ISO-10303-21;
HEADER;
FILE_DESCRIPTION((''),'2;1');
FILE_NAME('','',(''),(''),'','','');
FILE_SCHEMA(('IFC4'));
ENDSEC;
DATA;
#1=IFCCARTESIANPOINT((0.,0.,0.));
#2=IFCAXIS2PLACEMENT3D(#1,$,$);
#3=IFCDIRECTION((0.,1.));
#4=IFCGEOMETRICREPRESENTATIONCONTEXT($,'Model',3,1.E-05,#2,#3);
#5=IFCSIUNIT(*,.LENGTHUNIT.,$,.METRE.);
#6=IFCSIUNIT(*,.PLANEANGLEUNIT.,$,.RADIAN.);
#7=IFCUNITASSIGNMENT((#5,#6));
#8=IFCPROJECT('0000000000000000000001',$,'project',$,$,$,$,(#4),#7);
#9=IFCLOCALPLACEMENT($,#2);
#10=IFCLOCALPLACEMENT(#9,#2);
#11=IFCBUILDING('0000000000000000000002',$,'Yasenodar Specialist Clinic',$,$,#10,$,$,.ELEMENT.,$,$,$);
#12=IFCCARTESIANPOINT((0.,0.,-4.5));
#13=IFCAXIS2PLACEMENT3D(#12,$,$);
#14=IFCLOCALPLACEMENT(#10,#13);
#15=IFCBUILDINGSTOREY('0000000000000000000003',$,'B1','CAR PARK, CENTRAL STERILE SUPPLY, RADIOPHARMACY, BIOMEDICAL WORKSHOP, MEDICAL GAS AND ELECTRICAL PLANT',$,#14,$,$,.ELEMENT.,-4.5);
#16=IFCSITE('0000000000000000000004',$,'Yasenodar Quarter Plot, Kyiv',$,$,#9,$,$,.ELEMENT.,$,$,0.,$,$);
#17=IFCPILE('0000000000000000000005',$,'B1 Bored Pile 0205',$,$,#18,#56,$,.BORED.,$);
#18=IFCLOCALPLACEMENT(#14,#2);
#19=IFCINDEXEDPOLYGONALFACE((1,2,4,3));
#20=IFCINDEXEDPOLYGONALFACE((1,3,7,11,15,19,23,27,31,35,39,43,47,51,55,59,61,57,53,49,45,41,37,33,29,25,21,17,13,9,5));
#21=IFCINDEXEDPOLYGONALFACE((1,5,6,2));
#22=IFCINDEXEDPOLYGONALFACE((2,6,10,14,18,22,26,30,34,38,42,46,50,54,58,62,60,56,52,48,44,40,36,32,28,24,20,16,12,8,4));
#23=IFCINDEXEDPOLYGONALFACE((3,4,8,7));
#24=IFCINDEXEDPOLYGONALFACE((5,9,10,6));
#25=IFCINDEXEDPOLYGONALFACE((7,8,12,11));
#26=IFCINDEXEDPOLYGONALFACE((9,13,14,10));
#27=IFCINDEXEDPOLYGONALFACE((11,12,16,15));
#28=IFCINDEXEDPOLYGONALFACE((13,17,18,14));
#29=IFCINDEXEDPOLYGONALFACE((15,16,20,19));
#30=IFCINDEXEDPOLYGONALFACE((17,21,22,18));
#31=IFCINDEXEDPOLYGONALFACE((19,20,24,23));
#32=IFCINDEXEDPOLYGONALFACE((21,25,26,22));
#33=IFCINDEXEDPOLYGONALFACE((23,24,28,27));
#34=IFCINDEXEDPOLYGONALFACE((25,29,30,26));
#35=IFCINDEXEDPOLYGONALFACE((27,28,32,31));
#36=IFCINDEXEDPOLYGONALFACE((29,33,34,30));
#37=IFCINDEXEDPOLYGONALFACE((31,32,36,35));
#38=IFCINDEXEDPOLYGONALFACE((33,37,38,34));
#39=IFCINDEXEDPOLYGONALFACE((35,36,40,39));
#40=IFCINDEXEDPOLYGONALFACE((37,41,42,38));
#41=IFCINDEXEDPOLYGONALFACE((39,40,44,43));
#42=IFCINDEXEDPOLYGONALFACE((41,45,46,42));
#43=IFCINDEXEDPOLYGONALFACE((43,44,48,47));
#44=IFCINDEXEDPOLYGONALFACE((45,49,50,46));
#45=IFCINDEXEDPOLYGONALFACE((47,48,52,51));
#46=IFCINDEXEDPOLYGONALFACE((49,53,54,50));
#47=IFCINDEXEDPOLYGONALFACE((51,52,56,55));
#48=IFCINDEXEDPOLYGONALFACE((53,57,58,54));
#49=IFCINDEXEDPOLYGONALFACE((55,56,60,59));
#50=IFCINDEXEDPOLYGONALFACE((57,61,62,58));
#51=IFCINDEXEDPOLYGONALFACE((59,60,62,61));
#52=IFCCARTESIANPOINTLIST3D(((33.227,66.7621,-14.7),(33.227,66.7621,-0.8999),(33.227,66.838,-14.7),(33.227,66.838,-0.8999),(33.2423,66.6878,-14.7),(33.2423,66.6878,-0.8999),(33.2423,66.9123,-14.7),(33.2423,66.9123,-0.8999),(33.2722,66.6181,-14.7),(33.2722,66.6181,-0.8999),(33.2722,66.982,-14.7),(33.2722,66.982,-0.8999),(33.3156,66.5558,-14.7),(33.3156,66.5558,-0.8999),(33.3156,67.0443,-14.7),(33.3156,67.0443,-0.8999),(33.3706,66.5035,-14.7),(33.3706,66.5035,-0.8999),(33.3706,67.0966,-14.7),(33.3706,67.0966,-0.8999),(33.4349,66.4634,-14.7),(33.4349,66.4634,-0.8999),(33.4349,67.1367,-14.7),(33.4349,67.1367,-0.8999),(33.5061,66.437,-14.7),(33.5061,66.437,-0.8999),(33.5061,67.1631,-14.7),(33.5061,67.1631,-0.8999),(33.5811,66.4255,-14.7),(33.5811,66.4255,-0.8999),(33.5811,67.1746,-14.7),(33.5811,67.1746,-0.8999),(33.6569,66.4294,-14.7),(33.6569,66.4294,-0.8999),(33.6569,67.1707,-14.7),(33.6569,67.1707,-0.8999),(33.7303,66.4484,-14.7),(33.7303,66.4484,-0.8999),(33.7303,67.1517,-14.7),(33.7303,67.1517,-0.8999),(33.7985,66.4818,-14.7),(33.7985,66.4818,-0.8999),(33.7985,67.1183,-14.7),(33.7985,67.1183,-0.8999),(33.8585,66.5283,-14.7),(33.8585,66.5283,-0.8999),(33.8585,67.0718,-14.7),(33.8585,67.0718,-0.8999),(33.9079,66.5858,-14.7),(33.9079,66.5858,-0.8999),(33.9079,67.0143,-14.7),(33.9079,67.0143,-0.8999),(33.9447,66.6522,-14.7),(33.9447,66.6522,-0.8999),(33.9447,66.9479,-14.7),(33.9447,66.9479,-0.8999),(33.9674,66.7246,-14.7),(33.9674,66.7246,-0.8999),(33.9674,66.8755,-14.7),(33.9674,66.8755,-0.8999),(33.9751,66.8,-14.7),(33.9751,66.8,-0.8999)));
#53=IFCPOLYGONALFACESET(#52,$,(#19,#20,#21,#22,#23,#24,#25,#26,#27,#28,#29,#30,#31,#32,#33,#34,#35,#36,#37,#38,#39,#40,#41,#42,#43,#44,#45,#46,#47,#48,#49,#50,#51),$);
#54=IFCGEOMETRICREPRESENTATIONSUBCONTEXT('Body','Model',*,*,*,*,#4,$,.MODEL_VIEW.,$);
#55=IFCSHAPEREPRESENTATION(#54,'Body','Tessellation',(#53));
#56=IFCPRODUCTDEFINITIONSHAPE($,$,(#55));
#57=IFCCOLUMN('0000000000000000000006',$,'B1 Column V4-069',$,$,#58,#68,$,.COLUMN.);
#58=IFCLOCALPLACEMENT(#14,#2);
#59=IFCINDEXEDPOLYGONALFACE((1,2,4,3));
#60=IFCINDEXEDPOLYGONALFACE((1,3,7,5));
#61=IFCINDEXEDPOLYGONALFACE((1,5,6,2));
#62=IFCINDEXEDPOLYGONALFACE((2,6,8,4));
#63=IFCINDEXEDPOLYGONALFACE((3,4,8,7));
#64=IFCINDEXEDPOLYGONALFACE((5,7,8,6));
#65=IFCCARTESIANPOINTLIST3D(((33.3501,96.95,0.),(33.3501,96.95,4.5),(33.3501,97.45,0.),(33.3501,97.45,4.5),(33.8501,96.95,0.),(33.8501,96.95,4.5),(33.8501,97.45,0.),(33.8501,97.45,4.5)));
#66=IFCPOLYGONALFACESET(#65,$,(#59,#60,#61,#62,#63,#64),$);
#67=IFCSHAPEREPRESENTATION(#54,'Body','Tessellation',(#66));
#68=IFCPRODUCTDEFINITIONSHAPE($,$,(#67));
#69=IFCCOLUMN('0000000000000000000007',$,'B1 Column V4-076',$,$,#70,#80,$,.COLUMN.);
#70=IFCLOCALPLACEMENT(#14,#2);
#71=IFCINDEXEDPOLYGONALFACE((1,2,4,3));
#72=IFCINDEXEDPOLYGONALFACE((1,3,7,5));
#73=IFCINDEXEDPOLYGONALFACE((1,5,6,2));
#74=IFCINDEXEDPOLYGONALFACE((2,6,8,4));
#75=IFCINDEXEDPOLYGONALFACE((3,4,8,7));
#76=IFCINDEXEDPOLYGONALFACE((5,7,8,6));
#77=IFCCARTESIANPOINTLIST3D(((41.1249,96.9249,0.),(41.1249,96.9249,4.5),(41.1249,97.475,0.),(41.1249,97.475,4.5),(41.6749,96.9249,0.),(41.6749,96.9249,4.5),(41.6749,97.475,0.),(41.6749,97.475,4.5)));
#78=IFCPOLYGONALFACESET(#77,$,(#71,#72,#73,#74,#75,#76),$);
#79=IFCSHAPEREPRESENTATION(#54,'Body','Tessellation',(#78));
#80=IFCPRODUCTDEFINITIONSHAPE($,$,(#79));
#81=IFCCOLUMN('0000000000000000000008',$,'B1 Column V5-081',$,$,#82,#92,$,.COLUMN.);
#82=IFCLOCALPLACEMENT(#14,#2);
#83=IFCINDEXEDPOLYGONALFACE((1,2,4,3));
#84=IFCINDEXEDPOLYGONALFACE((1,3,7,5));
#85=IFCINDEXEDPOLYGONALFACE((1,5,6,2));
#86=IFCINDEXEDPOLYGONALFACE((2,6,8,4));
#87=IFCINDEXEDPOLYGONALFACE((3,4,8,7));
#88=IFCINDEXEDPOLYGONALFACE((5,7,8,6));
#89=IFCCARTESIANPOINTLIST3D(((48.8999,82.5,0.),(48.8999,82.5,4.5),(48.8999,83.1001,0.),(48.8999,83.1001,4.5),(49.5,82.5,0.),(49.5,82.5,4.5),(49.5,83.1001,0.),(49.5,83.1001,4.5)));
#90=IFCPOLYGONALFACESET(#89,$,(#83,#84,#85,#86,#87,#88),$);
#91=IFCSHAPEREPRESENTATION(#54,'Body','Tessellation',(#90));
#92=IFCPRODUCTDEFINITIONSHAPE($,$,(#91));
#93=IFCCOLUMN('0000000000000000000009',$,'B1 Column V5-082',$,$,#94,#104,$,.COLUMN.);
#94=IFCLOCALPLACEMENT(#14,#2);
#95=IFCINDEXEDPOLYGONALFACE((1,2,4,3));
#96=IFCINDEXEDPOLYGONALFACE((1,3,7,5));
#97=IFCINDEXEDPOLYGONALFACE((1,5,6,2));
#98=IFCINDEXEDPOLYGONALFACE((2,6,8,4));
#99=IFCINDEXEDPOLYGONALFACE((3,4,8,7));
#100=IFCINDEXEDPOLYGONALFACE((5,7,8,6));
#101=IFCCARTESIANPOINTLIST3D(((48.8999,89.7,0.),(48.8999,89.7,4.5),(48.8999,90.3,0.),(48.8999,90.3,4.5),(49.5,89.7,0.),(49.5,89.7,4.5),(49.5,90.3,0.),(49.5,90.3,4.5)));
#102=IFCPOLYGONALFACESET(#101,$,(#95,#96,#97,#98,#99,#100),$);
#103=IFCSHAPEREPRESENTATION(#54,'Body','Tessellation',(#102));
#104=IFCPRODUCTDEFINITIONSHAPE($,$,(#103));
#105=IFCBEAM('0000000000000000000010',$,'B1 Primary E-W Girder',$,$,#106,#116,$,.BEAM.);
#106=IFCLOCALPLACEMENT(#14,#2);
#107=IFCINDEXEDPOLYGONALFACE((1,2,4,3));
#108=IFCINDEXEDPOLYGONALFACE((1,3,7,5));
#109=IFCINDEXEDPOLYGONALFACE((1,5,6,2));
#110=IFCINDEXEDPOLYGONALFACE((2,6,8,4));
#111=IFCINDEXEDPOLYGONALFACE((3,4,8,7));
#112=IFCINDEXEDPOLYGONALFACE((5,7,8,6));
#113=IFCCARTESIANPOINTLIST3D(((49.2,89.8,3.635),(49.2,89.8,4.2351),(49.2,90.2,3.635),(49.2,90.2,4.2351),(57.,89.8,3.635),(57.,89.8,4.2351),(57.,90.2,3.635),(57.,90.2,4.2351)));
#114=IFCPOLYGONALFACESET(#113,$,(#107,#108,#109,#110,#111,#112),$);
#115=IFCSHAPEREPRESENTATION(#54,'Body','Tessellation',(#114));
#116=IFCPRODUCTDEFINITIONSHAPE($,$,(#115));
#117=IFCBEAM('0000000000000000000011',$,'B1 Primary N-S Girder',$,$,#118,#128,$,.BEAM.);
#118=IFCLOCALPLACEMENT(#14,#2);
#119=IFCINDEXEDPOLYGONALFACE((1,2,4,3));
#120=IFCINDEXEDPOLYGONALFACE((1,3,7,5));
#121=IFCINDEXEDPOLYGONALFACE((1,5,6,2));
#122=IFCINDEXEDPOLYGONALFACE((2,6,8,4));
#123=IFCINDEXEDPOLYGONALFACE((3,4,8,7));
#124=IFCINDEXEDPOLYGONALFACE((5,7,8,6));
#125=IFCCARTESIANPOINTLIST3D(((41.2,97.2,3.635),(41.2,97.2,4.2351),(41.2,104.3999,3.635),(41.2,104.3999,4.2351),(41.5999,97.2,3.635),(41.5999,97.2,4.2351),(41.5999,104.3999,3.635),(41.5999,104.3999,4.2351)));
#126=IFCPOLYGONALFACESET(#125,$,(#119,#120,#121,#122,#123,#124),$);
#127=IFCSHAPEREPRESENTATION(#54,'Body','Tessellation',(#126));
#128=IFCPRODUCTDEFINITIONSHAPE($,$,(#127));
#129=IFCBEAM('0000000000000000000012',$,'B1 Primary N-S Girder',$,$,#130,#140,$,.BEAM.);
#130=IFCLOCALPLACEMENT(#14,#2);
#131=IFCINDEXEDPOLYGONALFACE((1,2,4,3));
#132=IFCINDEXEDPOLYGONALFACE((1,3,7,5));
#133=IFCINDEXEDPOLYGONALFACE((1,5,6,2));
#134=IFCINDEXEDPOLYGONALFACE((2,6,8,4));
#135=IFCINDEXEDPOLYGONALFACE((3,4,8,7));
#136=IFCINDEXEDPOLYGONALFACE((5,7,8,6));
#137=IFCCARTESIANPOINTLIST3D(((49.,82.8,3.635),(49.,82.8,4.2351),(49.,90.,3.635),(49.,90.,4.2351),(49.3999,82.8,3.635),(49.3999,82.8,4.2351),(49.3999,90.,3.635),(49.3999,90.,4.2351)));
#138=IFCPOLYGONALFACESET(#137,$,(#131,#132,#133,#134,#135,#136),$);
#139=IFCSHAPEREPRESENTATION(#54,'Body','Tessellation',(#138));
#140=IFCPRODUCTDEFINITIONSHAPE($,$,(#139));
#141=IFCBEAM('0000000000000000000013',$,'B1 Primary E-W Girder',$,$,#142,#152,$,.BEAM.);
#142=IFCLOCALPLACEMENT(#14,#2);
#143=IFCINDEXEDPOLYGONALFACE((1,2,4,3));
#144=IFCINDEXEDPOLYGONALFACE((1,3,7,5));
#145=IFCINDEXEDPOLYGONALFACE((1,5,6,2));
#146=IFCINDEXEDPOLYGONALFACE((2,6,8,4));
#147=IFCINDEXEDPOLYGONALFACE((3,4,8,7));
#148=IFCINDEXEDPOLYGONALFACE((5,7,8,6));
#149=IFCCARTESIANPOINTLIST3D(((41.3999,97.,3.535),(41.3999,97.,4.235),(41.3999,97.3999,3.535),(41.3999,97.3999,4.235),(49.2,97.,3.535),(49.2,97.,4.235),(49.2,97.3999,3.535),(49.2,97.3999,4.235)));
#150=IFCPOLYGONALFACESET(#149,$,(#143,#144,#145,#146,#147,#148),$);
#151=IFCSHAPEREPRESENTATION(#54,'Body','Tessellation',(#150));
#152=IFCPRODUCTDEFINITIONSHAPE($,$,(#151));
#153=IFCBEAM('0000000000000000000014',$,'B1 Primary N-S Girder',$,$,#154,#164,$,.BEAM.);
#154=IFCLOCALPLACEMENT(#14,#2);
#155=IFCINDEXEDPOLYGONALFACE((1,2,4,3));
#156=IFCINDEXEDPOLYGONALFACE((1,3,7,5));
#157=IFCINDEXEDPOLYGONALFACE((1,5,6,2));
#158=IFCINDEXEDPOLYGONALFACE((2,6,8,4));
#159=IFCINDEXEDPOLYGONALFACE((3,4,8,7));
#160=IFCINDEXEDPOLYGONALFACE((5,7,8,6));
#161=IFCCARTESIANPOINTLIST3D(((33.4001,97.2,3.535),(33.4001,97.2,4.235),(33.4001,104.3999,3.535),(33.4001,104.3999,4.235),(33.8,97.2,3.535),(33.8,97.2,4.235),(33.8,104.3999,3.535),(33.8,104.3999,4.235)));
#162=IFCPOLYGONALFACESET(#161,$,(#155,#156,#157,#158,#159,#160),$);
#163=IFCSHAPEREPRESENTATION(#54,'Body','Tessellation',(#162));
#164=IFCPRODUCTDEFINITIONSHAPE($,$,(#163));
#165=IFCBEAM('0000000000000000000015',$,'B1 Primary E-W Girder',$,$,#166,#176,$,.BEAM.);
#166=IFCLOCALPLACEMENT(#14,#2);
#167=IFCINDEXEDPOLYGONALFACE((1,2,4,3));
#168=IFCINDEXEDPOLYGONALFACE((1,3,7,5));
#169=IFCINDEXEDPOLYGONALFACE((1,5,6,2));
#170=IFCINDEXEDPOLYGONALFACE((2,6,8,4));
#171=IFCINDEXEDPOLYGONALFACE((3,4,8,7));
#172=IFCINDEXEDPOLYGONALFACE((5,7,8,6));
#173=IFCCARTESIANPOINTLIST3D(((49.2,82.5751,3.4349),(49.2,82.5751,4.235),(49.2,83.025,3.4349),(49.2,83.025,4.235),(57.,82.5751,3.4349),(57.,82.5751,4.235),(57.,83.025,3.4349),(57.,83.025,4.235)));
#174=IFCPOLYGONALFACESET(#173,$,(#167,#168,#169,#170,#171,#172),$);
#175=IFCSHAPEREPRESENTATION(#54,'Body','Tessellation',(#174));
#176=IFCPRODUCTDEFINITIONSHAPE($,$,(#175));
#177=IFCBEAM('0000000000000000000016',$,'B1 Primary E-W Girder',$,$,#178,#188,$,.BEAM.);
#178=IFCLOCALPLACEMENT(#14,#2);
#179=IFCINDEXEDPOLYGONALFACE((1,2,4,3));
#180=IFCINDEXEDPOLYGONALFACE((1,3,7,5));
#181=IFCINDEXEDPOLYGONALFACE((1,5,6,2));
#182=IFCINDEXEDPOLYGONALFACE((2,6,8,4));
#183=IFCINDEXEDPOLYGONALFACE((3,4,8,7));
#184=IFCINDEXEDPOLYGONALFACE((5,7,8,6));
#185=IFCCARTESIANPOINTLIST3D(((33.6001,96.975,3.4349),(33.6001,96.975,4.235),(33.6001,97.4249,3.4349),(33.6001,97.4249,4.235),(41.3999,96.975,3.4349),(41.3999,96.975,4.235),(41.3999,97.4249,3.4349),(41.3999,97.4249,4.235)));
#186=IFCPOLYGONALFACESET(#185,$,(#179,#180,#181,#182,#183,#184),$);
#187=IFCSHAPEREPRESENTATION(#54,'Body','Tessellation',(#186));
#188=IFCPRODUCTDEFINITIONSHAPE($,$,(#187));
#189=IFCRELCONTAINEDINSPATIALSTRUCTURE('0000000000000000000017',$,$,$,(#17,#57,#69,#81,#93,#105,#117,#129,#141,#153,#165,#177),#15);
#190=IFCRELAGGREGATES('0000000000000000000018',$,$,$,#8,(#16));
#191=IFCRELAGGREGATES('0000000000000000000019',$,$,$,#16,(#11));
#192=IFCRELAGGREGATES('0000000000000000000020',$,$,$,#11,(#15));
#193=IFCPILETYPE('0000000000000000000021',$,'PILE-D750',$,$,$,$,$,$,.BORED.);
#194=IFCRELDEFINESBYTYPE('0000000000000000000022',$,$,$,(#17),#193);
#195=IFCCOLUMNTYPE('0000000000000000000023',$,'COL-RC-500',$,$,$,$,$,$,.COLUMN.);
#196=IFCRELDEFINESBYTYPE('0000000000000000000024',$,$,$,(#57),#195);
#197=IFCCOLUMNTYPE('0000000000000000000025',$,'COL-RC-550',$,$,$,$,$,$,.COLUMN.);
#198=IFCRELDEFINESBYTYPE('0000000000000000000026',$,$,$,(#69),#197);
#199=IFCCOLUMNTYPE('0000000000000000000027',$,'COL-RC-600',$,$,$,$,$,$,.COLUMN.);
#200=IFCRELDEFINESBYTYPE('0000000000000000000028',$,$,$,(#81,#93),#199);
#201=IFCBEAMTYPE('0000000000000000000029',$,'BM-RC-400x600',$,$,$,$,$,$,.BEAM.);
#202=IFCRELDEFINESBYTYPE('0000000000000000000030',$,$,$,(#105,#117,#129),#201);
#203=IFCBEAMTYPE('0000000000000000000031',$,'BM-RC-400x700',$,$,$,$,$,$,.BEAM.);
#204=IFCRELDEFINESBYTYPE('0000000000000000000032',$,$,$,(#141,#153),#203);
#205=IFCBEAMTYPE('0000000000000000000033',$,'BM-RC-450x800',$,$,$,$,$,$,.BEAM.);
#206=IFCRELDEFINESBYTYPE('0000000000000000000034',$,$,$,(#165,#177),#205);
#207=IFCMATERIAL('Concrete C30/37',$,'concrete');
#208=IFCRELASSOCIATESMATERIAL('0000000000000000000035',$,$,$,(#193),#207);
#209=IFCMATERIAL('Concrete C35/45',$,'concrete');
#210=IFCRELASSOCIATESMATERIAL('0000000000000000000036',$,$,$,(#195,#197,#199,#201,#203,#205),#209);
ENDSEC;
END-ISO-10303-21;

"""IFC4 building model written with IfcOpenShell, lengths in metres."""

from ifc_helpers import new_model, si_unit, direction, frame, origin, origin_2d, place, context, subcontext, project, spatial, rectangle, circle, extrude, material, material_profile, profile_set, type_object, element, save


model = new_model("IFC4")

# Units and contexts
model_context = context("Model", 3, precision=1e-05, world=origin(), true_north=direction((0.0, 1.0)))
body_context = subcontext(model_context, "Body", "Model", "MODEL_VIEW")
ifc_project = project(units=[si_unit("LENGTHUNIT", "METRE"), si_unit("PLANEANGLEUNIT", "RADIAN")], contexts=[model_context])

# Site, building, storey
site_placement = place(None, origin())
site = spatial("IfcSite", under=ifc_project, at=site_placement, Name="Yasenodar Quarter Plot, Kyiv", CompositionType="ELEMENT", RefElevation=0.0)
building_placement = place(site_placement, origin())
building = spatial("IfcBuilding", under=site, at=building_placement, Name="Yasenodar Specialist Clinic", CompositionType="ELEMENT")
storey_placement = place(building_placement, frame((0.0, 0.0, -4.5)))
storey = spatial("IfcBuildingStorey", under=building, at=storey_placement, Name="B1", Description="CAR PARK, CENTRAL STERILE SUPPLY, RADIOPHARMACY, BIOMEDICAL WORKSHOP, MEDICAL GAS AND ELECTRICAL PLANT", CompositionType="ELEMENT", Elevation=-4.5)

# Shared definitions
ifc_material_1 = material(Name="Concrete C35/45", Category="concrete")

# Pile
ifc_material_2 = material(Name="Concrete C30/37", Category="concrete")
ifc_material_profile_1 = material_profile(ifc_material_2, circle(Radius=0.375, at=origin_2d()), Name="PILE D750")
ifc_profile_set_1 = profile_set([ifc_material_profile_1], Name="Concrete C30/37")
pile_type_1 = type_object("IfcPileType", Name="PILE-D750", PredefinedType="BORED", material=ifc_profile_set_1)
pile_placement = place(storey_placement, frame((33.6001, 66.8, -0.8999), z_axis=(0.0, 0.0, -1.0), x_axis=(1.0, 0.0, 0.0)))
element("IfcPile", 1, at=pile_placement, inside=storey, type_object=pile_type_1, Name="B1 Bored Pile 0205", PredefinedType="BORED", context=body_context, shape_type="SweptSolid", body=[
    extrude(circle(Radius=0.375, at=origin_2d()), origin(), (0.0, 0.0, 1.0), 13.8),
])

# Columns
ifc_material_profile_2 = material_profile(ifc_material_1, rectangle(XDim=0.5, YDim=0.5, at=origin_2d()), Name="RC 500x500")
ifc_profile_set_2 = profile_set([ifc_material_profile_2], Name="Concrete C35/45")
column_type_1 = type_object("IfcColumnType", Name="COL-RC-500", PredefinedType="COLUMN", material=ifc_profile_set_2)
column_1_placement = place(storey_placement, frame((33.6001, 97.2, 0.0), z_axis=(0.0, 0.0, 1.0), x_axis=(1.0, 0.0, 0.0)))
element("IfcColumn", 2, at=column_1_placement, inside=storey, type_object=column_type_1, Name="B1 Column V4-069", PredefinedType="COLUMN", context=body_context, shape_type="SweptSolid", body=[
    extrude(rectangle(XDim=0.5, YDim=0.5, at=origin_2d()), origin(), (0.0, 0.0, 1.0), 4.5),
])
ifc_material_profile_3 = material_profile(ifc_material_1, rectangle(XDim=0.55, YDim=0.55, at=origin_2d()), Name="RC 550x550")
ifc_profile_set_3 = profile_set([ifc_material_profile_3], Name="Concrete C35/45")
column_type_2 = type_object("IfcColumnType", Name="COL-RC-550", PredefinedType="COLUMN", material=ifc_profile_set_3)
column_2_placement = place(storey_placement, frame((41.3999, 97.2, 0.0), z_axis=(0.0, 0.0, 1.0), x_axis=(1.0, 0.0, 0.0)))
element("IfcColumn", 3, at=column_2_placement, inside=storey, type_object=column_type_2, Name="B1 Column V4-076", PredefinedType="COLUMN", context=body_context, shape_type="SweptSolid", body=[
    extrude(rectangle(XDim=0.55, YDim=0.55, at=origin_2d()), origin(), (0.0, 0.0, 1.0), 4.5),
])
ifc_material_profile_4 = material_profile(ifc_material_1, rectangle(XDim=0.6001, YDim=0.6001, at=origin_2d()), Name="RC 600x600")
ifc_profile_set_4 = profile_set([ifc_material_profile_4], Name="Concrete C35/45")
column_type_3 = type_object("IfcColumnType", Name="COL-RC-600", PredefinedType="COLUMN", material=ifc_profile_set_4)
for number, where, z_axis, x_axis, name in (
    (4, (49.2, 82.8, 0.0), (0.0, 0.0, 1.0), (1.0, 0.0, 0.0), "B1 Column V5-081"),
    (5, (49.2, 90.0, 0.0), (0.0, 0.0, 1.0), (1.0, 0.0, 0.0), "B1 Column V5-082"),
):
    element("IfcColumn", number, at=place(storey_placement, frame(where, z_axis=z_axis, x_axis=x_axis)), inside=storey, type_object=column_type_3, Name=name, PredefinedType="COLUMN", context=body_context, shape_type="SweptSolid", body=[
        extrude(rectangle(XDim=0.6001, YDim=0.6001, at=origin_2d()), origin(), (0.0, 0.0, 1.0), 4.5),
    ])

# Beams
ifc_material_profile_5 = material_profile(ifc_material_1, rectangle(XDim=0.3999, YDim=0.6001, at=origin_2d()), Name="RC 400x600")
ifc_profile_set_5 = profile_set([ifc_material_profile_5], Name="Concrete C35/45")
beam_type_1 = type_object("IfcBeamType", Name="BM-RC-400x600", PredefinedType="BEAM", material=ifc_profile_set_5)
beam_1_placement = place(storey_placement, frame((49.2, 90.0, 3.9351), z_axis=(1.0, 0.0, 0.0), x_axis=(0.0, 1.0, 0.0)))
element("IfcBeam", 6, at=beam_1_placement, inside=storey, type_object=beam_type_1, Name="B1 Primary E-W Girder", PredefinedType="BEAM", context=body_context, shape_type="SweptSolid", body=[
    extrude(rectangle(XDim=0.3999, YDim=0.6001, at=origin_2d()), origin(), (0.0, 0.0, 1.0), 7.8),
])
for number, where, z_axis, x_axis, name in (
    (7, (41.3999, 97.2, 3.9351), (0.0, 1.0, 0.0), (-1.0, 0.0, 0.0), "B1 Primary N-S Girder"),
    (8, (49.2, 82.8, 3.9351), (0.0, 1.0, 0.0), (-1.0, 0.0, 0.0), "B1 Primary N-S Girder"),
):
    element("IfcBeam", number, at=place(storey_placement, frame(where, z_axis=z_axis, x_axis=x_axis)), inside=storey, type_object=beam_type_1, Name=name, PredefinedType="BEAM", context=body_context, shape_type="SweptSolid", body=[
        extrude(rectangle(XDim=0.3999, YDim=0.6001, at=origin_2d()), origin(), (0.0, 0.0, 1.0), 7.2),
    ])
ifc_material_profile_6 = material_profile(ifc_material_1, rectangle(XDim=0.3999, YDim=0.7, at=origin_2d()), Name="RC 400x700")
ifc_profile_set_6 = profile_set([ifc_material_profile_6], Name="Concrete C35/45")
beam_type_2 = type_object("IfcBeamType", Name="BM-RC-400x700", PredefinedType="BEAM", material=ifc_profile_set_6)
beam_2_placement = place(storey_placement, frame((41.3999, 97.2, 3.885), z_axis=(1.0, 0.0, 0.0), x_axis=(0.0, 1.0, 0.0)))
element("IfcBeam", 9, at=beam_2_placement, inside=storey, type_object=beam_type_2, Name="B1 Primary E-W Girder", PredefinedType="BEAM", context=body_context, shape_type="SweptSolid", body=[
    extrude(rectangle(XDim=0.3999, YDim=0.7, at=origin_2d()), origin(), (0.0, 0.0, 1.0), 7.8),
])
beam_3_placement = place(storey_placement, frame((33.6001, 97.2, 3.885), z_axis=(0.0, 1.0, 0.0), x_axis=(-1.0, 0.0, 0.0)))
element("IfcBeam", 10, at=beam_3_placement, inside=storey, type_object=beam_type_2, Name="B1 Primary N-S Girder", PredefinedType="BEAM", context=body_context, shape_type="SweptSolid", body=[
    extrude(rectangle(XDim=0.3999, YDim=0.7, at=origin_2d()), origin(), (0.0, 0.0, 1.0), 7.2),
])
ifc_material_profile_7 = material_profile(ifc_material_1, rectangle(XDim=0.45, YDim=0.8, at=origin_2d()), Name="RC 450x800")
ifc_profile_set_7 = profile_set([ifc_material_profile_7], Name="Concrete C35/45")
beam_type_3 = type_object("IfcBeamType", Name="BM-RC-450x800", PredefinedType="BEAM", material=ifc_profile_set_7)
beam_4_placement = place(storey_placement, frame((49.2, 82.8, 3.835), z_axis=(1.0, 0.0, 0.0), x_axis=(0.0, 1.0, 0.0)))
element("IfcBeam", 11, at=beam_4_placement, inside=storey, type_object=beam_type_3, Name="B1 Primary E-W Girder", PredefinedType="BEAM", context=body_context, shape_type="SweptSolid", body=[
    extrude(rectangle(XDim=0.45, YDim=0.8, at=origin_2d()), origin(), (0.0, 0.0, 1.0), 7.8),
])
beam_5_placement = place(storey_placement, frame((33.6001, 97.2, 3.835), z_axis=(1.0, 0.0, 0.0), x_axis=(0.0, 1.0, 0.0)))
element("IfcBeam", 12, at=beam_5_placement, inside=storey, type_object=beam_type_3, Name="B1 Primary E-W Girder", PredefinedType="BEAM", context=body_context, shape_type="SweptSolid", body=[
    extrude(rectangle(XDim=0.45, YDim=0.8, at=origin_2d()), origin(), (0.0, 0.0, 1.0), 7.7998),
])

save(model, "model.ifc")
